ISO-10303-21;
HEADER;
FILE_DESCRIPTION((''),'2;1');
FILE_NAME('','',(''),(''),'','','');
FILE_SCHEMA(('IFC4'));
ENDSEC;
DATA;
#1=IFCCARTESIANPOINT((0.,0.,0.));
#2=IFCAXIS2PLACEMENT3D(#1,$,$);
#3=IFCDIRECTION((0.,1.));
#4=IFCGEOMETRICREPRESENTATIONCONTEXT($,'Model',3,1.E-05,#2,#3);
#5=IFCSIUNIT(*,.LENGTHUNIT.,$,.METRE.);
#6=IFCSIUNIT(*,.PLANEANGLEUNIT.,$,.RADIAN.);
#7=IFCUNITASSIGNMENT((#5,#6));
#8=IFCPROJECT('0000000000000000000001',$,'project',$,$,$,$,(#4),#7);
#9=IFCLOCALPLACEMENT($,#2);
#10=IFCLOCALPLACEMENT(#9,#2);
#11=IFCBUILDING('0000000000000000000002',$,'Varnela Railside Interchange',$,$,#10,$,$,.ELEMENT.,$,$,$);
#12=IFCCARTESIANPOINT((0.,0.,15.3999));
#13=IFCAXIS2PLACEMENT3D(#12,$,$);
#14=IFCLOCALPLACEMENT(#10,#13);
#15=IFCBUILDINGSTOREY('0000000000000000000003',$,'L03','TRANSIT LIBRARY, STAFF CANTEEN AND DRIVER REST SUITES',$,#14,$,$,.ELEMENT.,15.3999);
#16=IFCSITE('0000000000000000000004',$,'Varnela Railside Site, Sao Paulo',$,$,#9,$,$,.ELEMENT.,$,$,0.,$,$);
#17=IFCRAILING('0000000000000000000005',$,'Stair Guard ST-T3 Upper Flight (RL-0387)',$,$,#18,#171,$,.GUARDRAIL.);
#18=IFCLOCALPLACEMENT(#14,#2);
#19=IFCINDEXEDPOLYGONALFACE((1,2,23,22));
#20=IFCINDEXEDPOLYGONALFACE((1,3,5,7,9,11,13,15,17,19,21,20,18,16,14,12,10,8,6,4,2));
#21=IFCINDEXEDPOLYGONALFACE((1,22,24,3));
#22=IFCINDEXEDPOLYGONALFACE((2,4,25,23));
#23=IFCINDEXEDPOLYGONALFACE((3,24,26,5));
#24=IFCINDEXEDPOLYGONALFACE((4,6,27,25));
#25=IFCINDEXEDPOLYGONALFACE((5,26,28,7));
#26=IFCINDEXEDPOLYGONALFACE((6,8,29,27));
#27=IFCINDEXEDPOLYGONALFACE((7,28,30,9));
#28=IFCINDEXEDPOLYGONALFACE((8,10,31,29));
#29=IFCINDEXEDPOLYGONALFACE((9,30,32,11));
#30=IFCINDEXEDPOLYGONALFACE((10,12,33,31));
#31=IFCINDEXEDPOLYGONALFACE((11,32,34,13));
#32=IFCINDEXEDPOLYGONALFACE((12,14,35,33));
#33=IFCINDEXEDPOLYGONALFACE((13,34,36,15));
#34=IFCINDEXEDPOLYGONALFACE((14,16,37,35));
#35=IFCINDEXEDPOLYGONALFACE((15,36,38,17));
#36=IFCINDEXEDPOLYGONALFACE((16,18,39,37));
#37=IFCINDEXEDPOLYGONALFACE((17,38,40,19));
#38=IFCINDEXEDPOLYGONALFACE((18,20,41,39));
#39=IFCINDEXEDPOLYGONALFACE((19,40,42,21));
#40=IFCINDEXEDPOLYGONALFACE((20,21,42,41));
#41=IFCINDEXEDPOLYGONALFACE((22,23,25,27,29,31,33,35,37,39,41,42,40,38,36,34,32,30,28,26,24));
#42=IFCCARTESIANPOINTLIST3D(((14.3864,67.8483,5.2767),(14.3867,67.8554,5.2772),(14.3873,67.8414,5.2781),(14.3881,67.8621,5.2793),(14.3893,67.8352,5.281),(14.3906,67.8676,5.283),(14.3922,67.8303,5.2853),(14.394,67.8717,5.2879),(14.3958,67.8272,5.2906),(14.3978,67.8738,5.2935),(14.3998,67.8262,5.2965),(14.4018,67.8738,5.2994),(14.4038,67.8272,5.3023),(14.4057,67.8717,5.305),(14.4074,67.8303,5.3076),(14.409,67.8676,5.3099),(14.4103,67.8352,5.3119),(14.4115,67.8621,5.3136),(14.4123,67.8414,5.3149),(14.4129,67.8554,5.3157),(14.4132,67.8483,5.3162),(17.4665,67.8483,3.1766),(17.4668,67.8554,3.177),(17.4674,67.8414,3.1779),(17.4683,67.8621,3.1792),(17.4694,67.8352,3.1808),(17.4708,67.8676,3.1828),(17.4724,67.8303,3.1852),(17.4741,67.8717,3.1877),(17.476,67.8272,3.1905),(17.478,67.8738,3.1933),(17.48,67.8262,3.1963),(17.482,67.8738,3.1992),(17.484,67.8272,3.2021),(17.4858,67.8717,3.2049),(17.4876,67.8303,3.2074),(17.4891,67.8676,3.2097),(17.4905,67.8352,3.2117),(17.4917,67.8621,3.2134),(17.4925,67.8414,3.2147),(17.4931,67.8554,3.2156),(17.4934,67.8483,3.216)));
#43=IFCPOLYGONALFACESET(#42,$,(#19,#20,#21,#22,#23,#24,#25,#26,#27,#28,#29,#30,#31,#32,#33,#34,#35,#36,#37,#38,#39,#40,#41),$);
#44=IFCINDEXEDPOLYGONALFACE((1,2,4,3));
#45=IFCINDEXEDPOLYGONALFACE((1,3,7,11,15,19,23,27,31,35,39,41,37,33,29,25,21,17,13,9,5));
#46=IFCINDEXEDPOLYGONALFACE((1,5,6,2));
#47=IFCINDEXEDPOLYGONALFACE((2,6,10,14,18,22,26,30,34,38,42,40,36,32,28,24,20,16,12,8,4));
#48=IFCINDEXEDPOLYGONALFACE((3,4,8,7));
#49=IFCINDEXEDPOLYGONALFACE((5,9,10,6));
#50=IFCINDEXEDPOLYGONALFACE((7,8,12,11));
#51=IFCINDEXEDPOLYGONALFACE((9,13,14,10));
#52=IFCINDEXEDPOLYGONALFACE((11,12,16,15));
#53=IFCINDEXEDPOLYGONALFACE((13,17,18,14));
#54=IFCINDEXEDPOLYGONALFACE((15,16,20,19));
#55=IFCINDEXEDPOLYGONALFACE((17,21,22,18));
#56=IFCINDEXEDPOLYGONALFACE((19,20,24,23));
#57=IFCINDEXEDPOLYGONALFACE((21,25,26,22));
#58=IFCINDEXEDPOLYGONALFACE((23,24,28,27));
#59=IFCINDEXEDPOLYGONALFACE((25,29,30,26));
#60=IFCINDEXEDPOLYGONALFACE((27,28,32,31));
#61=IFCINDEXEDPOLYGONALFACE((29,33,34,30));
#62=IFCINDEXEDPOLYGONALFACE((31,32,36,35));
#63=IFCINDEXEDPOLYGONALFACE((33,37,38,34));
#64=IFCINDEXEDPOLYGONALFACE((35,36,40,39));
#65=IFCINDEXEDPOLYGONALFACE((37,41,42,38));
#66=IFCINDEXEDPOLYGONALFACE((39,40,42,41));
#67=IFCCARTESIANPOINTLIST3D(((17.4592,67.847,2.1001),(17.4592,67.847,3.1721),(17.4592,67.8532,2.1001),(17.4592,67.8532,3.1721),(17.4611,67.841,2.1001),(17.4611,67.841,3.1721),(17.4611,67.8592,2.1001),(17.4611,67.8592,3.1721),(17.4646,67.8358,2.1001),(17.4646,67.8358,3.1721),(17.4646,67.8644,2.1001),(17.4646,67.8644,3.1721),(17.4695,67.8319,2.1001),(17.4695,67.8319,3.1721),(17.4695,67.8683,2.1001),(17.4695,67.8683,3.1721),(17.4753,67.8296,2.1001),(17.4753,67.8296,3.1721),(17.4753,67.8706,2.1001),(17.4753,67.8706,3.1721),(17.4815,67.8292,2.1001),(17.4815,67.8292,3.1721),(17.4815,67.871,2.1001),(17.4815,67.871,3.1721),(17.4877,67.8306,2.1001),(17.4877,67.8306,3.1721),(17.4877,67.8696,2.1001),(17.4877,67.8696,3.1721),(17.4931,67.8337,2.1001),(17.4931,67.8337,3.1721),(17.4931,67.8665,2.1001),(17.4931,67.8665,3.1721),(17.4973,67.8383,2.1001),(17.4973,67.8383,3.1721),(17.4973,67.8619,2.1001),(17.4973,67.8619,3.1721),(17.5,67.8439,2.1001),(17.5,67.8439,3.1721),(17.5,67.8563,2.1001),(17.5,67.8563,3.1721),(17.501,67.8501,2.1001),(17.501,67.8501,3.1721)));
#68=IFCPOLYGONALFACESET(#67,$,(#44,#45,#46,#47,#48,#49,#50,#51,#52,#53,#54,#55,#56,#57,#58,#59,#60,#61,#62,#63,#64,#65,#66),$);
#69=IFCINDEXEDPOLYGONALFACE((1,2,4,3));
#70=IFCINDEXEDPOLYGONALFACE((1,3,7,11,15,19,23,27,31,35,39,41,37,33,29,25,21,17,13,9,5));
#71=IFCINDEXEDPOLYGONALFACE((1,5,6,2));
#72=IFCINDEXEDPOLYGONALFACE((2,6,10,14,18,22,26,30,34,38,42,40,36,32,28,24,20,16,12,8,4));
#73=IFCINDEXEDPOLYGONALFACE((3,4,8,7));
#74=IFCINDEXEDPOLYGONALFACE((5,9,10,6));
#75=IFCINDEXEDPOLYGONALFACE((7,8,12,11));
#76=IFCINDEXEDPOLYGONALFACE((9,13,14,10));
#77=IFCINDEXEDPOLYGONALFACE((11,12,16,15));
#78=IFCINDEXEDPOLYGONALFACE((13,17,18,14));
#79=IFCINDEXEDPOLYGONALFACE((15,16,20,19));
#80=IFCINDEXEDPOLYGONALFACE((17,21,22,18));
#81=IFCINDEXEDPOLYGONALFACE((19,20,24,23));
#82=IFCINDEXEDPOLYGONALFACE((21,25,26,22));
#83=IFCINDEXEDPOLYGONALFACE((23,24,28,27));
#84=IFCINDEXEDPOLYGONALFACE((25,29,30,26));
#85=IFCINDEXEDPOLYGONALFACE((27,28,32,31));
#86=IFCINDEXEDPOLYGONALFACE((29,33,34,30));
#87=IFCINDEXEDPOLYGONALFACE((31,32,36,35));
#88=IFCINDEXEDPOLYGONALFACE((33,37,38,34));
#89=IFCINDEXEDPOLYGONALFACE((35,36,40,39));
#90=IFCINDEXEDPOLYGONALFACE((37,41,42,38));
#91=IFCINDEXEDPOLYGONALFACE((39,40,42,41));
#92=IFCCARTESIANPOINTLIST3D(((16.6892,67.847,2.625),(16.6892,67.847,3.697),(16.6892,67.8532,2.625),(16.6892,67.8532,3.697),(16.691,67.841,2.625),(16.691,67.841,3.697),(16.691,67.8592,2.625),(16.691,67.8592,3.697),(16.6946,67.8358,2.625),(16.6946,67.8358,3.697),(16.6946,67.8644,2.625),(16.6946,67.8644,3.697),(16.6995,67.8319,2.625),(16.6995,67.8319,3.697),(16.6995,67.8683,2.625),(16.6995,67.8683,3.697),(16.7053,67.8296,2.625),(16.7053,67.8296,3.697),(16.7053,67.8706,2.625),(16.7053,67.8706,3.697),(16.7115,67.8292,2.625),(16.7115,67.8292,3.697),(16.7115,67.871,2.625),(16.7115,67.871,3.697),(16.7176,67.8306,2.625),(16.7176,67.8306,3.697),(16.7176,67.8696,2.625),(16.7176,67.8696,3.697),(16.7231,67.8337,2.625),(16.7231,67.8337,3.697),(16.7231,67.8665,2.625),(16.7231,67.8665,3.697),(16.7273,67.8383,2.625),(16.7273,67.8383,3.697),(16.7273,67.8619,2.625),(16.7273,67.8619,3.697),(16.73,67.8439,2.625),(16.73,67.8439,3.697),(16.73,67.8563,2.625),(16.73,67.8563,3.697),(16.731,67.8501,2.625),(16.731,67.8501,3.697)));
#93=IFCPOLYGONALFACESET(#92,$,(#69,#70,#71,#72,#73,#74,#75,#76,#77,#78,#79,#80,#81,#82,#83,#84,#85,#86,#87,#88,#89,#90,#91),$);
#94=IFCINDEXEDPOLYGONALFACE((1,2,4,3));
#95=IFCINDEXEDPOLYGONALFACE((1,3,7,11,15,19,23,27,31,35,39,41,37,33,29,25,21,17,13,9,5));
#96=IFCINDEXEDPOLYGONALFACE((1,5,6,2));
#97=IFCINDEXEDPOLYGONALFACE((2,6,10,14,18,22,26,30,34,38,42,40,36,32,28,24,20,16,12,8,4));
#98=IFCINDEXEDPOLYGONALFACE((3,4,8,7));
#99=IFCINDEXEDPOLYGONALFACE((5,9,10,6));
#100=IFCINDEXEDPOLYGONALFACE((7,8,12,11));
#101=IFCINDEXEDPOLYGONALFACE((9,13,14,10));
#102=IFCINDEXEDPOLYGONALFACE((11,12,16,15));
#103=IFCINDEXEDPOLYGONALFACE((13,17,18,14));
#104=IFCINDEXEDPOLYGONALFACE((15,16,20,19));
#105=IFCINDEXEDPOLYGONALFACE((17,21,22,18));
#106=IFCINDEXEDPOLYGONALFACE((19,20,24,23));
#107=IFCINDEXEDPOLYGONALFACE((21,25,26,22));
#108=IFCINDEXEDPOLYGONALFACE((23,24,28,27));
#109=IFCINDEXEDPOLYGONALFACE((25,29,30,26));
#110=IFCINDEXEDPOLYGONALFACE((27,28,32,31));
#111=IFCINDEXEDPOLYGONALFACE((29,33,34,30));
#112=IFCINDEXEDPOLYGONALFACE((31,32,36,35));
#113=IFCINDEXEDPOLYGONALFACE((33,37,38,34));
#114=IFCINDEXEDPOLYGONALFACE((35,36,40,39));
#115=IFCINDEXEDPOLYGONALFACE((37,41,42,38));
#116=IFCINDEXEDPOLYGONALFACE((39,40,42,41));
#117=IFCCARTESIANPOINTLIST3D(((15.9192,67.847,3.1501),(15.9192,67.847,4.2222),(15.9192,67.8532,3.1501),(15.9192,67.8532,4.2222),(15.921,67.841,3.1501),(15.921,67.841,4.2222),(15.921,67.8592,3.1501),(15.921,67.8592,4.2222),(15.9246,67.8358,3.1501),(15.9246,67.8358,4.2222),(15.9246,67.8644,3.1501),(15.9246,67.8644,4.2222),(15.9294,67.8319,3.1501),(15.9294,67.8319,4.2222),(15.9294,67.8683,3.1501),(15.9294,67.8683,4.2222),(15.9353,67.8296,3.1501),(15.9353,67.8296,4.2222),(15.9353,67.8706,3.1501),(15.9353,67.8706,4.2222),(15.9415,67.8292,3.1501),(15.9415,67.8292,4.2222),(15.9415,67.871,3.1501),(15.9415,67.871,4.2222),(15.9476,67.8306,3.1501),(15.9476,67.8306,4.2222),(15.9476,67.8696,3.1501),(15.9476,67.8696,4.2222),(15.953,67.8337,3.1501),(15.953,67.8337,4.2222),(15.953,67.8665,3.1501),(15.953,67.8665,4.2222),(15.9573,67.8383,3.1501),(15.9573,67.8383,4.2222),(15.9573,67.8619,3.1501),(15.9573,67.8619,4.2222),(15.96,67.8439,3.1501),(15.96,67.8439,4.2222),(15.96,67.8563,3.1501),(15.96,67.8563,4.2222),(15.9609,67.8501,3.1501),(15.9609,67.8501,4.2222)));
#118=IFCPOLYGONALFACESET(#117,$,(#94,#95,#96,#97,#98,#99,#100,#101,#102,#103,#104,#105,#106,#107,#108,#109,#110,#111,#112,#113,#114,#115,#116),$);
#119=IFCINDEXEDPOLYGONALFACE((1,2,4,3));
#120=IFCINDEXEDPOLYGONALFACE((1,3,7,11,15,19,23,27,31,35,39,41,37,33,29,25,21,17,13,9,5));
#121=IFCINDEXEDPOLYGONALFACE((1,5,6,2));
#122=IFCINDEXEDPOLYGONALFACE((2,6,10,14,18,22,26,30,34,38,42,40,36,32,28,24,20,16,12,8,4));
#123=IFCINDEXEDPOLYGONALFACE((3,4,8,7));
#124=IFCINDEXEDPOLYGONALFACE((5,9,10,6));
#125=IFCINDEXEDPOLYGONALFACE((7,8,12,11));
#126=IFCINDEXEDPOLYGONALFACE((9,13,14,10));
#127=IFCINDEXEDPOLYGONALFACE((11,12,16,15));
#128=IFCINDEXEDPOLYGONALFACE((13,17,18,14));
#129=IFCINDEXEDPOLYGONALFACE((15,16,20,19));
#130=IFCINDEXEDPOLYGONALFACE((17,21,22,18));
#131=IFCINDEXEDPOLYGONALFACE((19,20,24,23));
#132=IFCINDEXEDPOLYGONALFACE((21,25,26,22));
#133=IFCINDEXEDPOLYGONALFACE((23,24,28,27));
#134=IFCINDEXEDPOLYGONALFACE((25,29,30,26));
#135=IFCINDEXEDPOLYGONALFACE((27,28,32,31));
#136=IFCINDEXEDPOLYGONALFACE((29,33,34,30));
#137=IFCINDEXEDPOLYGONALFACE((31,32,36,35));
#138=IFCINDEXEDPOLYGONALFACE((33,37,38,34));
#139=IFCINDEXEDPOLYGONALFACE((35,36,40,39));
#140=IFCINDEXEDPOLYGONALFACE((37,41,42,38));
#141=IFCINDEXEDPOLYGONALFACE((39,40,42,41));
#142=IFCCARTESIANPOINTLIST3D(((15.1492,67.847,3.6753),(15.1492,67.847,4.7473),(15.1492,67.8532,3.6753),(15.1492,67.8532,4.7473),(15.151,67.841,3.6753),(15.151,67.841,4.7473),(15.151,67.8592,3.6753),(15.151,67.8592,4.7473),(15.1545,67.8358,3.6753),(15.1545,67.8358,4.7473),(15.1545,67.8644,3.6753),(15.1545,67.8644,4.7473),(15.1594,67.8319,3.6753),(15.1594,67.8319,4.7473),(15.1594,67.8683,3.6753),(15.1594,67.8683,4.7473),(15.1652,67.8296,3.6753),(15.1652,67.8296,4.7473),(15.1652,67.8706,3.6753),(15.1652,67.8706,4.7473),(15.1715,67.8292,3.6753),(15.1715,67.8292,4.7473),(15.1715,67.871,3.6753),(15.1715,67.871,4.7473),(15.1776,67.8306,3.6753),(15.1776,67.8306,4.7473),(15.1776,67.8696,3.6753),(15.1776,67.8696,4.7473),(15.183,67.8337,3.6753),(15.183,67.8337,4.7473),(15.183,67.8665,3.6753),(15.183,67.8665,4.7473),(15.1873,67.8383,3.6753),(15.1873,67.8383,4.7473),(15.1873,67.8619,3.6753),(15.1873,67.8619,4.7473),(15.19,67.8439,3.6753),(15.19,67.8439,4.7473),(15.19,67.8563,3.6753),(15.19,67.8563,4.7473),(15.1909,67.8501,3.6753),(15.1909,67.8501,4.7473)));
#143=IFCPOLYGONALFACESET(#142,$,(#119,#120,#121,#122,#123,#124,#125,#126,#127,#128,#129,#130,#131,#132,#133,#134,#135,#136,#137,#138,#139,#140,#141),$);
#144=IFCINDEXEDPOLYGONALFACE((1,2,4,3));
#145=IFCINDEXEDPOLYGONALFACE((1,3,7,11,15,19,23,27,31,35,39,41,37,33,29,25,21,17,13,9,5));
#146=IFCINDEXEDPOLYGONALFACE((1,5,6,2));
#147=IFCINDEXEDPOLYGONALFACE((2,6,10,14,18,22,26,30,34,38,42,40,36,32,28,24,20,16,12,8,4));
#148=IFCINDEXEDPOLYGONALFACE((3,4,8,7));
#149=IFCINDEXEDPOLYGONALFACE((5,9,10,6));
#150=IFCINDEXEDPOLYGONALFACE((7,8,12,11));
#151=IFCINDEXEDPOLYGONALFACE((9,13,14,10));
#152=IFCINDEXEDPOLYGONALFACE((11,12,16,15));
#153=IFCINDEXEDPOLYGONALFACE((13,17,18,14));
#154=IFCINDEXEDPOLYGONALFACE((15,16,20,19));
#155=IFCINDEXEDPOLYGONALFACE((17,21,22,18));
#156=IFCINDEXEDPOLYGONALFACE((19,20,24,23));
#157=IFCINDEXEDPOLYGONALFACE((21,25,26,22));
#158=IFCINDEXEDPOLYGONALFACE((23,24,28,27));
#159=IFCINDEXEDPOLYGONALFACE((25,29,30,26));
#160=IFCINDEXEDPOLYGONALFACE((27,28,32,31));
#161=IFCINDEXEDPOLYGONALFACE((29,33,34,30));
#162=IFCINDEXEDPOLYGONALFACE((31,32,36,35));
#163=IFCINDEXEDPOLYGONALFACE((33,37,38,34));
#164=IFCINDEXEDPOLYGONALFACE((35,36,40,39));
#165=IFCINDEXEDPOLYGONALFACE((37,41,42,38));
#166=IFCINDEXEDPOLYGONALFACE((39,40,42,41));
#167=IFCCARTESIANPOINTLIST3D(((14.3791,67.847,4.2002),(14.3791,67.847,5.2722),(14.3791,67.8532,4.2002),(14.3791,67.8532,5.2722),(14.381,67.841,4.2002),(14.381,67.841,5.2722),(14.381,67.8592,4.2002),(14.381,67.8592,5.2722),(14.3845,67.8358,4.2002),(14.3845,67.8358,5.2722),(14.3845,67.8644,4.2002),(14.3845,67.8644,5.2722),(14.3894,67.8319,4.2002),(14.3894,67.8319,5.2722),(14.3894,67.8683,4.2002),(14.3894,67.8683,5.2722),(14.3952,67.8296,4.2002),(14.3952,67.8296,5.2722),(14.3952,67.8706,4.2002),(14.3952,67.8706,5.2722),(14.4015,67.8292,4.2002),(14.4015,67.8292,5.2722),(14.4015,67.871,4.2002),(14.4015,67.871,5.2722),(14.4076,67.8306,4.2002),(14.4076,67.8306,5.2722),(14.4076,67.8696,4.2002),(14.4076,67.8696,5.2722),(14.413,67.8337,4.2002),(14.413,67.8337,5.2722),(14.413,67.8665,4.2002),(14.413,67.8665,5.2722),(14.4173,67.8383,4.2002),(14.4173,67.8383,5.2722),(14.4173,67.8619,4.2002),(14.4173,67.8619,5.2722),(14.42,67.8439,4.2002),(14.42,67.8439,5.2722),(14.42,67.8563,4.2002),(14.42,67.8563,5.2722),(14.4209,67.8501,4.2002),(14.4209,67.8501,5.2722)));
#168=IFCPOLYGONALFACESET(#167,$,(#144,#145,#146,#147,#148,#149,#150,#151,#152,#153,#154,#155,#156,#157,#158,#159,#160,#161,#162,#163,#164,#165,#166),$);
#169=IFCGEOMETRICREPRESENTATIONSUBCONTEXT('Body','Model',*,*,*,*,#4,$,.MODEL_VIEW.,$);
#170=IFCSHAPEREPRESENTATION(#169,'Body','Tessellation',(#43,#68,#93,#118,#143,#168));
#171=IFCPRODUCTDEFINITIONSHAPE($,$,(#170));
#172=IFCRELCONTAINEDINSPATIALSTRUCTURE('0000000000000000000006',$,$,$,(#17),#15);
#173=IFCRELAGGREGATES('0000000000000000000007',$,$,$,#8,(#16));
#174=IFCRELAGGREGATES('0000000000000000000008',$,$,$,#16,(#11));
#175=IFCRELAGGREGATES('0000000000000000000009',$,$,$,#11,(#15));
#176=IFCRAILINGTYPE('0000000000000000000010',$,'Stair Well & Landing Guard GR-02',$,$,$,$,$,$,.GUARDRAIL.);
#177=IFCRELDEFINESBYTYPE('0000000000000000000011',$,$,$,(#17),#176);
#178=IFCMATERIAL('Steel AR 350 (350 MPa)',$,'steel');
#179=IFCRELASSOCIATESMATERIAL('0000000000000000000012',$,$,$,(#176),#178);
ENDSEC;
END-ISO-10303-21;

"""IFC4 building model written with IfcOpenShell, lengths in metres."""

from ifc_helpers import new_model, si_unit, direction, frame, origin, origin_2d, place, context, subcontext, project, spatial, circle, extrude, material, type_object, element, save


model = new_model("IFC4")

# Units and contexts
model_context = context("Model", 3, precision=1e-05, world=origin(), true_north=direction((0.0, 1.0)))
body_context = subcontext(model_context, "Body", "Model", "MODEL_VIEW")
ifc_project = project(units=[si_unit("LENGTHUNIT", "METRE"), si_unit("PLANEANGLEUNIT", "RADIAN")], contexts=[model_context])

# Site, building, storey
site_placement = place(None, origin())
site = spatial("IfcSite", under=ifc_project, at=site_placement, Name="Varnela Railside Site, Sao Paulo", CompositionType="ELEMENT", RefElevation=0.0)
building_placement = place(site_placement, origin())
building = spatial("IfcBuilding", under=site, at=building_placement, Name="Varnela Railside Interchange", CompositionType="ELEMENT")
storey_placement = place(building_placement, frame((0.0, 0.0, 15.3999)))
storey = spatial("IfcBuildingStorey", under=building, at=storey_placement, Name="L03", Description="TRANSIT LIBRARY, STAFF CANTEEN AND DRIVER REST SUITES", CompositionType="ELEMENT", Elevation=15.3999)

# Shared definitions
ifc_material_1 = material(Name="Steel AR 350 (350 MPa)", Category="steel")

# Railing
railing_type_1 = type_object("IfcRailingType", Name="Stair Well & Landing Guard GR-02", PredefinedType="GUARDRAIL", material=ifc_material_1)
railing_1_placement = place(storey_placement, frame((17.48, 67.8501, 2.1001)))
element("IfcRailing", 1, at=railing_1_placement, inside=storey, type_object=railing_type_1, Name="Stair Guard ST-T3 Upper Flight (RL-0387)", PredefinedType="GUARDRAIL", context=body_context, shape_type="SweptSolid", body=[
    extrude(circle(Radius=0.0239, at=origin_2d()), frame((0.0, 0.0, 1.0962), z_axis=(-0.826222, 0.0, 0.563345), x_axis=(0.0, -1.0, 0.0)), (0.0, 0.0, 1.0), 3.728),
    extrude(circle(Radius=0.021, at=origin_2d()), origin(), (0.0, 0.0, 1.0), 1.072),
    extrude(circle(Radius=0.021, at=origin_2d()), frame((-0.77, 0.0, 0.5249)), (0.0, 0.0, 1.0), 1.072),
    extrude(circle(Radius=0.021, at=origin_2d()), frame((-1.54, 0.0, 1.05)), (0.0, 0.0, 1.0), 1.072),
    extrude(circle(Radius=0.021, at=origin_2d()), frame((-2.3101, 0.0, 1.5752)), (0.0, 0.0, 1.0), 1.072),
    extrude(circle(Radius=0.021, at=origin_2d()), frame((-3.0801, 0.0, 2.1001)), (0.0, 0.0, 1.0), 1.072),
])

save(model, "model.ifc")
